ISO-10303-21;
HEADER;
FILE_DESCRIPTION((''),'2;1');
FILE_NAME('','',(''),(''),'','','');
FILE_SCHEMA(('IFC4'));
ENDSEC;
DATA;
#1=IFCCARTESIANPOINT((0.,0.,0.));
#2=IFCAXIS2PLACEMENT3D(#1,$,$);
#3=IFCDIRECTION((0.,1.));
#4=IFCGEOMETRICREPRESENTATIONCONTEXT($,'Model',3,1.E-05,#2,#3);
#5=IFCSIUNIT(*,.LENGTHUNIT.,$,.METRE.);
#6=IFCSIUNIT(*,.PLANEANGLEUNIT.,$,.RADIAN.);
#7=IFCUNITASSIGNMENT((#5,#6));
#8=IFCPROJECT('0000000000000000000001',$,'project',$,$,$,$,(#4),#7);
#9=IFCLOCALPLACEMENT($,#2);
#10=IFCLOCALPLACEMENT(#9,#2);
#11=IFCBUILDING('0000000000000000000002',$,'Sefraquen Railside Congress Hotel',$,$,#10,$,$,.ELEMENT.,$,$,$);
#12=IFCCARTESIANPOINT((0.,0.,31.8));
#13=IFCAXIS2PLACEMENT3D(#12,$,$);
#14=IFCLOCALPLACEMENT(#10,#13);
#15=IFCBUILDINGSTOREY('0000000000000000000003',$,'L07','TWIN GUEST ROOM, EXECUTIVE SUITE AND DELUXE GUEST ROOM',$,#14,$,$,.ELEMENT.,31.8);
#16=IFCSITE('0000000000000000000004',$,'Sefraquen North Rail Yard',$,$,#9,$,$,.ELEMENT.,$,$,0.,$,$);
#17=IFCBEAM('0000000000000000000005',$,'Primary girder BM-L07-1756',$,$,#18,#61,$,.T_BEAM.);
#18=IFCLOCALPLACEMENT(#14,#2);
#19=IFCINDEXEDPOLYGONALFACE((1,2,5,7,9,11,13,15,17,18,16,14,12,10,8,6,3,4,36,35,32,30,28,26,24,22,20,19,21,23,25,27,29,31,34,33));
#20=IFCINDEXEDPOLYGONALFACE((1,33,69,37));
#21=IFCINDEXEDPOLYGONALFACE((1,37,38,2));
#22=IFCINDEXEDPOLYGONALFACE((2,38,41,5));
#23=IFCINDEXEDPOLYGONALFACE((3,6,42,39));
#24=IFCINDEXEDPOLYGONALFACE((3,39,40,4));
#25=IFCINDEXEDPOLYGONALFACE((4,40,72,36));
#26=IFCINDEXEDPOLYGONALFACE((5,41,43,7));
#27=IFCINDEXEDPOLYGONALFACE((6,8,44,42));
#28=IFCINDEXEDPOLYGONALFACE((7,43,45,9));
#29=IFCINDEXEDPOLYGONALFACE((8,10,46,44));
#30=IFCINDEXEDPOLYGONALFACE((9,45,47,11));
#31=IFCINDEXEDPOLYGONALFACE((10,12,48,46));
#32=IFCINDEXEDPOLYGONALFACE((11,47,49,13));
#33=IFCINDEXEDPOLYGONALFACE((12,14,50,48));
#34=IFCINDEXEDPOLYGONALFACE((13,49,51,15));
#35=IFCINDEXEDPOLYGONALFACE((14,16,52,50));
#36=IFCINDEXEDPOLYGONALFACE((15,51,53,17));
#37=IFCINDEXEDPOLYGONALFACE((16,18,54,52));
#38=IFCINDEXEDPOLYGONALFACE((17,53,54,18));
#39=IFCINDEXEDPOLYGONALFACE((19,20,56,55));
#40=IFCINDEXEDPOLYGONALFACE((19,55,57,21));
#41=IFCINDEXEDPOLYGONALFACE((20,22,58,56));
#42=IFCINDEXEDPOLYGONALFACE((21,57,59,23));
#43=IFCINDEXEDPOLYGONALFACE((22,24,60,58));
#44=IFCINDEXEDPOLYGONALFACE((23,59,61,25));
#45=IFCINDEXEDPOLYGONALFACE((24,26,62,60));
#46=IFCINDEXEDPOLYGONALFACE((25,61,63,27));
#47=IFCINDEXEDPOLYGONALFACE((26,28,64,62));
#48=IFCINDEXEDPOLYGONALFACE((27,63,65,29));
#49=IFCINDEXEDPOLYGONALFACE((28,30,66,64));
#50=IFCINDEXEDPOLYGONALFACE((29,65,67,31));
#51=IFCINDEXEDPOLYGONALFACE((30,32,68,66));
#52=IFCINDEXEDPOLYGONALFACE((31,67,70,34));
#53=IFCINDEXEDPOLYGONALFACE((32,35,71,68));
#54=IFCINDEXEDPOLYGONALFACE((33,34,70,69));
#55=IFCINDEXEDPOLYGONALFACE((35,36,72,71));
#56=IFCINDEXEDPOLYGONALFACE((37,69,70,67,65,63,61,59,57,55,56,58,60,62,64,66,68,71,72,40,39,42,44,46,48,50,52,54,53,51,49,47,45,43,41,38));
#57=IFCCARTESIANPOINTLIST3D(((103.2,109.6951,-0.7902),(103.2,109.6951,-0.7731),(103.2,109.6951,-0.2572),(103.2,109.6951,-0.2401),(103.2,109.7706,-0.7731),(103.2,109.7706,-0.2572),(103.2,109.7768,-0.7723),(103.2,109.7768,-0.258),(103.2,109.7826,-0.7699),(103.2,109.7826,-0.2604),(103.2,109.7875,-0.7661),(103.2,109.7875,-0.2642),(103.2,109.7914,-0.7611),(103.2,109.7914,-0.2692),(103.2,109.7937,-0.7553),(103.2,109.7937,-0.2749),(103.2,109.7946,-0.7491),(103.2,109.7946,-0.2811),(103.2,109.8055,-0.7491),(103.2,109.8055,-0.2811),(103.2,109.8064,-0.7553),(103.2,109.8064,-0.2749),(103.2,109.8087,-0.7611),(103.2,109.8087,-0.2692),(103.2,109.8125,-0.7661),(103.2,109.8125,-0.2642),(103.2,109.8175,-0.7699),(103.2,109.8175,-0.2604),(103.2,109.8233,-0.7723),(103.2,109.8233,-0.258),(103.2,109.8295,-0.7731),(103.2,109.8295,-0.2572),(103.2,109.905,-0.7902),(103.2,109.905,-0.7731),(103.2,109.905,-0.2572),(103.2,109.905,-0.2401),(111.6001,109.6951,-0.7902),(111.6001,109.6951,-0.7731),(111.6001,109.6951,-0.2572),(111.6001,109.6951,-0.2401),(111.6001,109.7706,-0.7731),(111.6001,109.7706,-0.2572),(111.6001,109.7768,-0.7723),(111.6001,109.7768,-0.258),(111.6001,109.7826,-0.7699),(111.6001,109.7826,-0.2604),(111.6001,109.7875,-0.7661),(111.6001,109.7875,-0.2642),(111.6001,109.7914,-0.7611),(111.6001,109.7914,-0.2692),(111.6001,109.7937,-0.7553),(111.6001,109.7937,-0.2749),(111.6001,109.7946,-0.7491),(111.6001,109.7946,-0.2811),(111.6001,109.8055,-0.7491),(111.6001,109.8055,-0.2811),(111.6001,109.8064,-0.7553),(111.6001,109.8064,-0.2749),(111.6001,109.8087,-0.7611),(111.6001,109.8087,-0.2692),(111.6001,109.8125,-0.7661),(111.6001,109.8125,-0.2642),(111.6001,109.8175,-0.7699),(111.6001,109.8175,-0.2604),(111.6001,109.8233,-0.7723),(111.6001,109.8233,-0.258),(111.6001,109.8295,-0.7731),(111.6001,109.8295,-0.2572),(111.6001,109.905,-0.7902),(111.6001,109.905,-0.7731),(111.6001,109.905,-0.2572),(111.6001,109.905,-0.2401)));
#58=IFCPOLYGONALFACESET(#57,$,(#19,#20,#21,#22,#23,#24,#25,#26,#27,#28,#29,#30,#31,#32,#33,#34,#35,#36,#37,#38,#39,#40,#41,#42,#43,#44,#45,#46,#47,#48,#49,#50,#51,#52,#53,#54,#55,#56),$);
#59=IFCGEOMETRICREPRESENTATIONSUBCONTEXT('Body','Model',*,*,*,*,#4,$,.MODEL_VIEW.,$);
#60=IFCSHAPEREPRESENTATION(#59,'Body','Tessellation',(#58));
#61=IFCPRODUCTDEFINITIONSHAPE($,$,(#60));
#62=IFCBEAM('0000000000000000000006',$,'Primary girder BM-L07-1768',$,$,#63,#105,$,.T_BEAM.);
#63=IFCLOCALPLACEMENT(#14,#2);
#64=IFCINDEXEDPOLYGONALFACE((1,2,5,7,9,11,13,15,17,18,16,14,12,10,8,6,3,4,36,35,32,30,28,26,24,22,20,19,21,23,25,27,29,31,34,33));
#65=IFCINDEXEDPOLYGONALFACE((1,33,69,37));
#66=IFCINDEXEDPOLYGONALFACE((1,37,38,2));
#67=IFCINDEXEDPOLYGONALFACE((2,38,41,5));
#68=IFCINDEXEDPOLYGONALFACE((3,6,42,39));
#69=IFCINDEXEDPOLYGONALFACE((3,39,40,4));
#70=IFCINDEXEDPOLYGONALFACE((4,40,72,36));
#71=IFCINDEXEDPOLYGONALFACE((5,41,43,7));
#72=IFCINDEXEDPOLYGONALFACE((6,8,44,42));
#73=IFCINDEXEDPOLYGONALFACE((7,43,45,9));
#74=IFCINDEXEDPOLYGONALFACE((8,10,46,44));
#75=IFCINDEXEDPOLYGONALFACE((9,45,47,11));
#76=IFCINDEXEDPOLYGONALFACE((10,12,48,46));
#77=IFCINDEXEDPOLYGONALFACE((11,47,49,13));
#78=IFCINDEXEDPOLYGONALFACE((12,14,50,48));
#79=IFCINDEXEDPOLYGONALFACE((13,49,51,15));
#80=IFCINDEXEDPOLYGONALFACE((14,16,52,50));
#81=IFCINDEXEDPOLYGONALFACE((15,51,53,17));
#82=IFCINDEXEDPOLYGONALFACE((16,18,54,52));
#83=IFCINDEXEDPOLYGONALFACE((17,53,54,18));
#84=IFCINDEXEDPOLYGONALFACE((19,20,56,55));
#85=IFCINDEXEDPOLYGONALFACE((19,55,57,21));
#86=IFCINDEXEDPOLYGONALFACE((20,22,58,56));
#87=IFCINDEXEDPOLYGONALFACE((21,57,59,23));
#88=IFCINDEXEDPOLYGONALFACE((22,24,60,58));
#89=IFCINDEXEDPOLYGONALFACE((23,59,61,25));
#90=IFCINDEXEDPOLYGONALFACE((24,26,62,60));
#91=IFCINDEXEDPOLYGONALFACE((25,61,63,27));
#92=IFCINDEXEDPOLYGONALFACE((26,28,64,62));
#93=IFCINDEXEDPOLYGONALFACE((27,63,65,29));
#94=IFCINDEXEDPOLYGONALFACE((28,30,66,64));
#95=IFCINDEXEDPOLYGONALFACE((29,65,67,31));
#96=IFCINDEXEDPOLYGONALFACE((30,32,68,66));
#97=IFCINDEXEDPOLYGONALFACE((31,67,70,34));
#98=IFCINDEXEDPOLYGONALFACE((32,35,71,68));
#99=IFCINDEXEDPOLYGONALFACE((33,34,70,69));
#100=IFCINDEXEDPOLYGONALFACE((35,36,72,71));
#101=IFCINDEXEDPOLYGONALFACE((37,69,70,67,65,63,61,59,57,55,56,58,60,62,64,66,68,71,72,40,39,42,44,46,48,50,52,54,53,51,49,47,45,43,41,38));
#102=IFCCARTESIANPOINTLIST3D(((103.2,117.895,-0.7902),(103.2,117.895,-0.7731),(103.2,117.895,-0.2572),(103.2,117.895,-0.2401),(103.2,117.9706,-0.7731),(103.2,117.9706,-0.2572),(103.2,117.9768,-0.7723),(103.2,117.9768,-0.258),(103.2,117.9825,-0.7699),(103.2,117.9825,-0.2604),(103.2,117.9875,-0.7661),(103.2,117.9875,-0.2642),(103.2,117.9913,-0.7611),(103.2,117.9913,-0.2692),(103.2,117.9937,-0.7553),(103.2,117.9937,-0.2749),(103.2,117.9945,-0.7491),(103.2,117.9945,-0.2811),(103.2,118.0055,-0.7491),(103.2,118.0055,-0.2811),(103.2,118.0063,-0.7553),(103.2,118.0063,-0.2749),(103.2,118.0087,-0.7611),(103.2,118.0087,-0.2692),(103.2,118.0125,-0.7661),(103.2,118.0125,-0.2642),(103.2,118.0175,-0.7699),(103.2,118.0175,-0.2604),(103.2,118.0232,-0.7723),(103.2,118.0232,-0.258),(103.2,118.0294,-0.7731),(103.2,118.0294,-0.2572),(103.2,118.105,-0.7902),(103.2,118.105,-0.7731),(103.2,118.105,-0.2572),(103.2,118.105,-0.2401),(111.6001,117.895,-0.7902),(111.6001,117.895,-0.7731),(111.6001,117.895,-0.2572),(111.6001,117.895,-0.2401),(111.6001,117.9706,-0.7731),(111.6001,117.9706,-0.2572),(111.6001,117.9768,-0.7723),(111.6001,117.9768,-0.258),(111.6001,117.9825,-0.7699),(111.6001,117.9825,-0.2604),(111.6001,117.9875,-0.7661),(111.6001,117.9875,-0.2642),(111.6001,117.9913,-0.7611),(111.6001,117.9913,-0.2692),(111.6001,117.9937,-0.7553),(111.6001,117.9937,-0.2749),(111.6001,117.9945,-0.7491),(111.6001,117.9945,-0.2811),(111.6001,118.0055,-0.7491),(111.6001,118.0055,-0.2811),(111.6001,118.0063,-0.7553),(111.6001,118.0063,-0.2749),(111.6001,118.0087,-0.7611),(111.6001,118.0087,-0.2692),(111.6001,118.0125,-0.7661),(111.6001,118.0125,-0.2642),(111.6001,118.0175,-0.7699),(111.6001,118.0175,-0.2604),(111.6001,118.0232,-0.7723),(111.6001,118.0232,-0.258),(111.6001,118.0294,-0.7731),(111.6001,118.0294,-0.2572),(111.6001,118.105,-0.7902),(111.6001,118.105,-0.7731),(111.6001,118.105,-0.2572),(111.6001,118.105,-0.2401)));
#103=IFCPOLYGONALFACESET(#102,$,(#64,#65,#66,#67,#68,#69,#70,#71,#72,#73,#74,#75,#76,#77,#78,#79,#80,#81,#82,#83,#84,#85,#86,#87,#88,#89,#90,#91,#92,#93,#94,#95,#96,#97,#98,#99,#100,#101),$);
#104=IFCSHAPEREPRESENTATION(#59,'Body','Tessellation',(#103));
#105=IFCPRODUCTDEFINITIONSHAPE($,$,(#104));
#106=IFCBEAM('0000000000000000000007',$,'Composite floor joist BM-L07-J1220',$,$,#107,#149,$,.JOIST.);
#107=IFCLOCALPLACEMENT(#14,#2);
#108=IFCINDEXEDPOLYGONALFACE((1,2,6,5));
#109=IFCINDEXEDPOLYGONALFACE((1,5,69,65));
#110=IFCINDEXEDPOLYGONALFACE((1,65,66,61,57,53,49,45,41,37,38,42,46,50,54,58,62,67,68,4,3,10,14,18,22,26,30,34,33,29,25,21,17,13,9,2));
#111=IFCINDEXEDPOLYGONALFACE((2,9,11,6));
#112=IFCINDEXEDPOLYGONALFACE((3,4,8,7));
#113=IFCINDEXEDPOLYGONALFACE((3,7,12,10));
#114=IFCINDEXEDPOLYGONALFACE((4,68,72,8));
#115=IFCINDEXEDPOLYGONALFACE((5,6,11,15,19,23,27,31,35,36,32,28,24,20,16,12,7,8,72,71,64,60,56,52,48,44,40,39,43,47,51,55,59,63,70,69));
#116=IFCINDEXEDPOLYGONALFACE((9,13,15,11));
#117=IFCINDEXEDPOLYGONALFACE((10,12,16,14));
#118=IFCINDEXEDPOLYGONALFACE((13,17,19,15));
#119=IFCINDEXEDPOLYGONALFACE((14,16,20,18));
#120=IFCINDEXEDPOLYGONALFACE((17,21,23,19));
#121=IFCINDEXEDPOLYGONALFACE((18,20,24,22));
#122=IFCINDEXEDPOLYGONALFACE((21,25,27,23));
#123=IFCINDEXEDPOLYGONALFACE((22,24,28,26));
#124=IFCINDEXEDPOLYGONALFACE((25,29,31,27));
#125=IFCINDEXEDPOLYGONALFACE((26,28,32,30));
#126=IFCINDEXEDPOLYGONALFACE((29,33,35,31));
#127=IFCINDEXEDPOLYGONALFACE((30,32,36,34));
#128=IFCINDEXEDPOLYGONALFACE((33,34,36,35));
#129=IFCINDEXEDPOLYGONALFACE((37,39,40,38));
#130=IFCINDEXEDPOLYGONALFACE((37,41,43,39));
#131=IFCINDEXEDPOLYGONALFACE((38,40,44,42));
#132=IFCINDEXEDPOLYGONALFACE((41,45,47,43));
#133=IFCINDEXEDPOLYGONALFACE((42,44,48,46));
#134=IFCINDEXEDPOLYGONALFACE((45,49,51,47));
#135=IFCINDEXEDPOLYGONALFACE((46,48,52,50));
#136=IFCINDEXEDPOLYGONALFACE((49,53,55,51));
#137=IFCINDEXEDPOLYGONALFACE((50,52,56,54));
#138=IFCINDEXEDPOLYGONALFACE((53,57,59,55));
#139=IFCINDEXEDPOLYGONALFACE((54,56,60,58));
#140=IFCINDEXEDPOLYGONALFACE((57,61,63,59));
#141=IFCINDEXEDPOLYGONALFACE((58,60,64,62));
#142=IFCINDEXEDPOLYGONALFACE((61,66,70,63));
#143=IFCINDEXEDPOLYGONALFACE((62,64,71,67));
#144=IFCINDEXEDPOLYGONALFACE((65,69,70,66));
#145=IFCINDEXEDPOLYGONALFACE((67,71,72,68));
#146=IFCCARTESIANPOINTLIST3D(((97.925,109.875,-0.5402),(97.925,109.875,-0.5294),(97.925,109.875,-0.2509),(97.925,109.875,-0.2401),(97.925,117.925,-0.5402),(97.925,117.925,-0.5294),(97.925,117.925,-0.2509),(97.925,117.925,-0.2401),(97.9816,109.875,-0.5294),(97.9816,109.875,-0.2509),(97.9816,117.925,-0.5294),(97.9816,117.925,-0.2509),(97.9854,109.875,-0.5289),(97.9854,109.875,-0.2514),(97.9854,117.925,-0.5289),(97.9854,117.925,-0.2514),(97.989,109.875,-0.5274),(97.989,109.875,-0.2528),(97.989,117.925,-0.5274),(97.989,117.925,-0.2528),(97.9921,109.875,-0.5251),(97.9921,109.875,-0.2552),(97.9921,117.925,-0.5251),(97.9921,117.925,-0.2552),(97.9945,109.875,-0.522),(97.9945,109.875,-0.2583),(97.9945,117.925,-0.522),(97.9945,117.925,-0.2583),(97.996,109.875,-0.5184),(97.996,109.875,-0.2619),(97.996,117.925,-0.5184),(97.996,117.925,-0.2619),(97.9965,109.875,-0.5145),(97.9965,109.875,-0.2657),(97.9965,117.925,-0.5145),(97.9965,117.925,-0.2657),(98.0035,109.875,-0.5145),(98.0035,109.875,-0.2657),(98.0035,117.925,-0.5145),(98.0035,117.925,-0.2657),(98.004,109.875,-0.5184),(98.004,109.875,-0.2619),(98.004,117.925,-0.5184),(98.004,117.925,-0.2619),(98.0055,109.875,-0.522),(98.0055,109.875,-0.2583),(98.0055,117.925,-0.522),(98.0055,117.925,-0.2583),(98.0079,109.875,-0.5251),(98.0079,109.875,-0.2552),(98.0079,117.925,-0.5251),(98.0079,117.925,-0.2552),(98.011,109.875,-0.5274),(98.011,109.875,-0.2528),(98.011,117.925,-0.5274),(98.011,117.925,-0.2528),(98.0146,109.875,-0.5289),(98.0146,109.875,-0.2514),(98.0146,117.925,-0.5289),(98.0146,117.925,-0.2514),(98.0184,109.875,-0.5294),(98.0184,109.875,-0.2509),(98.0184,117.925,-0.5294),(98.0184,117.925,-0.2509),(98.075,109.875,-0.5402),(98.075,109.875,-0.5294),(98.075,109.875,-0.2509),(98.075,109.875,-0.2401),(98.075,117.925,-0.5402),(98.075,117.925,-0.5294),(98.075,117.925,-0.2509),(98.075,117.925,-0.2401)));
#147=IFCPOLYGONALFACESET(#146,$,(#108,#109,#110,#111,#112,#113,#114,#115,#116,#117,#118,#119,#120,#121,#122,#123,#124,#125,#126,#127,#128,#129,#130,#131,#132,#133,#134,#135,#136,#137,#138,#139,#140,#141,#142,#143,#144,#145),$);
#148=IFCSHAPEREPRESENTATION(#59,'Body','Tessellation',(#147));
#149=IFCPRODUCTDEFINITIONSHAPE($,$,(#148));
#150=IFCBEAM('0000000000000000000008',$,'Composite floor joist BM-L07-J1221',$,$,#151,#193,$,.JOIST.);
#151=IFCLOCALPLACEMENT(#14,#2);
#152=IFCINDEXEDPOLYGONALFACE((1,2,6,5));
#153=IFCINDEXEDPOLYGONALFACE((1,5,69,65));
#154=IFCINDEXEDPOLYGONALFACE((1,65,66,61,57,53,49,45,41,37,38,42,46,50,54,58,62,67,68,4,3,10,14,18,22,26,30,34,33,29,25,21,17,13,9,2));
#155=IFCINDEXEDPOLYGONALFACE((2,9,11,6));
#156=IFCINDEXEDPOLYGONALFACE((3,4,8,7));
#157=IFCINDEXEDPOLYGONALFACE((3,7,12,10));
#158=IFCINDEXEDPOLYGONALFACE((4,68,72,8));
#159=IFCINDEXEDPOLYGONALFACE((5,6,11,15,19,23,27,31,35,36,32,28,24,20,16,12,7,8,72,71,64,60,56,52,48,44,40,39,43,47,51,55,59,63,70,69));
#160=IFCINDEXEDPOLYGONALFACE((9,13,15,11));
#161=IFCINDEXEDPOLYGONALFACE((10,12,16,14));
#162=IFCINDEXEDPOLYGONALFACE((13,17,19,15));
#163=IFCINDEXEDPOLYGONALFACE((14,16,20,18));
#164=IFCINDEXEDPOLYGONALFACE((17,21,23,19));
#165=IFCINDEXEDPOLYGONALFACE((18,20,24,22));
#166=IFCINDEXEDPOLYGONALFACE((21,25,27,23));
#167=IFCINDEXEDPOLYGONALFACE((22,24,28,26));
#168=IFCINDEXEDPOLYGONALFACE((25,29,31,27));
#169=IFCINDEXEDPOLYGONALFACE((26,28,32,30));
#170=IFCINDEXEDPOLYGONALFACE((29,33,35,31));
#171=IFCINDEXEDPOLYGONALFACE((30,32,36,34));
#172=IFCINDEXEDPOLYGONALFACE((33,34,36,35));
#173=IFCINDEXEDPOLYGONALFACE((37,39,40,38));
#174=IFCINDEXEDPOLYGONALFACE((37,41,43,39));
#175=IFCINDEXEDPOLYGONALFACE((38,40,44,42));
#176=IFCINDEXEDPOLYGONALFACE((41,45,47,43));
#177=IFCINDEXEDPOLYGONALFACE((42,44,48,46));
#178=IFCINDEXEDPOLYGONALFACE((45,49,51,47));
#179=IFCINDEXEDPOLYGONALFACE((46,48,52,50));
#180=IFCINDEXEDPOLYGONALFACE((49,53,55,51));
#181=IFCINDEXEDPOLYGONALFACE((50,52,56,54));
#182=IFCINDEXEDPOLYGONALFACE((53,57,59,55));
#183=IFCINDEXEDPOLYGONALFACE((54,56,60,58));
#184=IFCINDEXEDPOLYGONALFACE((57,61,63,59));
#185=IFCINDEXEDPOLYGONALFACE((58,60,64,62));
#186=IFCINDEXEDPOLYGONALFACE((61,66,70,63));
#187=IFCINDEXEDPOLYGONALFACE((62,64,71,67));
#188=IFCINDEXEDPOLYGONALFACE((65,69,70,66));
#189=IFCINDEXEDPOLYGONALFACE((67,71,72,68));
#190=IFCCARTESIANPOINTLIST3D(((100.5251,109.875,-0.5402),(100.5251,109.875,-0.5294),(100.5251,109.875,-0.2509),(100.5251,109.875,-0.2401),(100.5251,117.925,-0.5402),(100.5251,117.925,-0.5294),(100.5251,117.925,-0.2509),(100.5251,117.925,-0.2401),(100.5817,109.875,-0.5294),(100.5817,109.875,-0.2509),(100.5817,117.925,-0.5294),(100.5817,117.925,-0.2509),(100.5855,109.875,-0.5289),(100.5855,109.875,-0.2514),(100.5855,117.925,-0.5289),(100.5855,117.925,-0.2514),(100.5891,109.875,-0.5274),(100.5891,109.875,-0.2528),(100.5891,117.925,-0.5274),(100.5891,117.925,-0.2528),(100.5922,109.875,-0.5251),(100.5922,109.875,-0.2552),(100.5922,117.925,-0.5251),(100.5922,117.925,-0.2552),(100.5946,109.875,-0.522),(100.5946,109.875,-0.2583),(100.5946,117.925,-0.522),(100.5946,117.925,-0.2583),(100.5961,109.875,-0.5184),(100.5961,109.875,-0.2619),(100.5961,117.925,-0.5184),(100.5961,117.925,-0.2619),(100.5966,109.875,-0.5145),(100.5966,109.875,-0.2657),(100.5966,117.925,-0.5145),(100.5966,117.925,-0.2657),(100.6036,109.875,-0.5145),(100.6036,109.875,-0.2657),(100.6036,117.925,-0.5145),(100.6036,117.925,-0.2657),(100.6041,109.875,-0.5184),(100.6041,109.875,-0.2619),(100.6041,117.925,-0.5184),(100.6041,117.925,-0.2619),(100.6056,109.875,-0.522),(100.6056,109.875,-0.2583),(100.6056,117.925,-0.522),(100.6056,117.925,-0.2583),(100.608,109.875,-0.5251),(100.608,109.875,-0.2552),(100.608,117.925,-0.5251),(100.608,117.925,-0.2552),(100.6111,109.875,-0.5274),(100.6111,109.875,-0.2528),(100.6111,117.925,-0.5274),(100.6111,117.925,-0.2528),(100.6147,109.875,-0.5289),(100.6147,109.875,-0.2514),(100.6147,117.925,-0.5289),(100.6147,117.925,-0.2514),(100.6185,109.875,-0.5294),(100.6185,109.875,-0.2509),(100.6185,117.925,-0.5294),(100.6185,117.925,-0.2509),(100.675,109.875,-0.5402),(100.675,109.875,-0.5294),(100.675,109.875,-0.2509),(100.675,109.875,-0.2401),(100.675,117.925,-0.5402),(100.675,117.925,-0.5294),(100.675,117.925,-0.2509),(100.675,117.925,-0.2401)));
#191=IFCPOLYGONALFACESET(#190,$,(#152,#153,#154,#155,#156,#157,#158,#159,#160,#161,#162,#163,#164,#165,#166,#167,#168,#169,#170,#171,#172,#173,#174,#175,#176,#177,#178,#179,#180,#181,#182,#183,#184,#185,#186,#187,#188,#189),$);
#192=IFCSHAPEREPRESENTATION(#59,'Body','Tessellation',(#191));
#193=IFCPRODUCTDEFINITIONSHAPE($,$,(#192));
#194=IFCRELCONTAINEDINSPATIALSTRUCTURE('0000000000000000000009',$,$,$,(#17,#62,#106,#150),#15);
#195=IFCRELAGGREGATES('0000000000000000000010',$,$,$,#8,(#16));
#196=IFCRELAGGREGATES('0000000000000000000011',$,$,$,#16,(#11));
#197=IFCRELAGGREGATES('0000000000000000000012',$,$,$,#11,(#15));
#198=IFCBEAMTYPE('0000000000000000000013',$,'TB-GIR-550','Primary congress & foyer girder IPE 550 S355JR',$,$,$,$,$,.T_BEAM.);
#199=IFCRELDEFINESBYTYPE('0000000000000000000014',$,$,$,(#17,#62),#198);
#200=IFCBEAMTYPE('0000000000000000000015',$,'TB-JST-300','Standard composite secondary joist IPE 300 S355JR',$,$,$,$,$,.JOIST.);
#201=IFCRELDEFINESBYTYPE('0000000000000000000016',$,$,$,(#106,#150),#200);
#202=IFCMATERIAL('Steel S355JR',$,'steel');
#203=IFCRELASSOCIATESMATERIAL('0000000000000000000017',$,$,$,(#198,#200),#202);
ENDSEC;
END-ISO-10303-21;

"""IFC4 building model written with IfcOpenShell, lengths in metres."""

from ifc_helpers import new_model, si_unit, direction, frame, origin, origin_2d, place, context, subcontext, project, spatial, i_section, extrude, material, material_profile, profile_set, type_object, element, save


model = new_model("IFC4")

# Units and contexts
model_context = context("Model", 3, precision=1e-05, world=origin(), true_north=direction((0.0, 1.0)))
body_context = subcontext(model_context, "Body", "Model", "MODEL_VIEW")
ifc_project = project(units=[si_unit("LENGTHUNIT", "METRE"), si_unit("PLANEANGLEUNIT", "RADIAN")], contexts=[model_context])

# Site, building, storey
site_placement = place(None, origin())
site = spatial("IfcSite", under=ifc_project, at=site_placement, Name="Sefraquen North Rail Yard", CompositionType="ELEMENT", RefElevation=0.0)
building_placement = place(site_placement, origin())
building = spatial("IfcBuilding", under=site, at=building_placement, Name="Sefraquen Railside Congress Hotel", CompositionType="ELEMENT")
storey_placement = place(building_placement, frame((0.0, 0.0, 31.8)))
storey = spatial("IfcBuildingStorey", under=building, at=storey_placement, Name="L07", Description="TWIN GUEST ROOM, EXECUTIVE SUITE AND DELUXE GUEST ROOM", CompositionType="ELEMENT", Elevation=31.8)

# Shared definitions
ifc_material_1 = material(Name="Steel S355JR", Category="steel")

# Beams
ifc_material_profile_1 = material_profile(ifc_material_1, i_section(OverallWidth=0.21, OverallDepth=0.55, WebThickness=0.011, FlangeThickness=0.0171, FilletRadius=0.0239, at=origin_2d()), Name="IPE 550")
ifc_profile_set_1 = profile_set([ifc_material_profile_1], Name="Steel S355JR")
beam_type_1 = type_object("IfcBeamType", Name="TB-GIR-550", Description="Primary congress & foyer girder IPE 550 S355JR", PredefinedType="T_BEAM", material=ifc_profile_set_1)
for number, where, z_axis, x_axis, name in (
    (1, (103.2, 109.8, -0.5151), (1.0, 0.0, 0.0), (0.0, 1.0, 0.0), "Primary girder BM-L07-1756"),
    (2, (103.2, 118.0, -0.5151), (1.0, 0.0, 0.0), (0.0, 1.0, 0.0), "Primary girder BM-L07-1768"),
):
    element("IfcBeam", number, at=place(storey_placement, frame(where, z_axis=z_axis, x_axis=x_axis)), inside=storey, type_object=beam_type_1, Name=name, PredefinedType="T_BEAM", context=body_context, shape_type="SweptSolid", body=[
        extrude(i_section(OverallWidth=0.21, OverallDepth=0.55, WebThickness=0.011, FlangeThickness=0.0171, FilletRadius=0.0239, at=origin_2d()), origin(), (0.0, 0.0, 1.0), 8.4001),
    ])
ifc_material_profile_2 = material_profile(ifc_material_1, i_section(OverallWidth=0.1499, OverallDepth=0.3, WebThickness=0.0071, FlangeThickness=0.0107, FilletRadius=0.0149, at=origin_2d()), Name="IPE 300")
ifc_profile_set_2 = profile_set([ifc_material_profile_2], Name="Steel S355JR")
beam_type_2 = type_object("IfcBeamType", Name="TB-JST-300", Description="Standard composite secondary joist IPE 300 S355JR", PredefinedType="JOIST", material=ifc_profile_set_2)
for number, where, z_axis, x_axis, name in (
    (3, (98.0, 109.875, -0.3901), (0.0, 1.0, 0.0), (-1.0, 0.0, 0.0), "Composite floor joist BM-L07-J1220"),
    (4, (100.6001, 109.875, -0.3901), (0.0, 1.0, 0.0), (-1.0, 0.0, 0.0), "Composite floor joist BM-L07-J1221"),
):
    element("IfcBeam", number, at=place(storey_placement, frame(where, z_axis=z_axis, x_axis=x_axis)), inside=storey, type_object=beam_type_2, Name=name, PredefinedType="JOIST", context=body_context, shape_type="SweptSolid", body=[
        extrude(i_section(OverallWidth=0.1499, OverallDepth=0.3, WebThickness=0.0071, FlangeThickness=0.0107, FilletRadius=0.0149, at=origin_2d()), origin(), (0.0, 0.0, 1.0), 8.05),
    ])

save(model, "model.ifc")
